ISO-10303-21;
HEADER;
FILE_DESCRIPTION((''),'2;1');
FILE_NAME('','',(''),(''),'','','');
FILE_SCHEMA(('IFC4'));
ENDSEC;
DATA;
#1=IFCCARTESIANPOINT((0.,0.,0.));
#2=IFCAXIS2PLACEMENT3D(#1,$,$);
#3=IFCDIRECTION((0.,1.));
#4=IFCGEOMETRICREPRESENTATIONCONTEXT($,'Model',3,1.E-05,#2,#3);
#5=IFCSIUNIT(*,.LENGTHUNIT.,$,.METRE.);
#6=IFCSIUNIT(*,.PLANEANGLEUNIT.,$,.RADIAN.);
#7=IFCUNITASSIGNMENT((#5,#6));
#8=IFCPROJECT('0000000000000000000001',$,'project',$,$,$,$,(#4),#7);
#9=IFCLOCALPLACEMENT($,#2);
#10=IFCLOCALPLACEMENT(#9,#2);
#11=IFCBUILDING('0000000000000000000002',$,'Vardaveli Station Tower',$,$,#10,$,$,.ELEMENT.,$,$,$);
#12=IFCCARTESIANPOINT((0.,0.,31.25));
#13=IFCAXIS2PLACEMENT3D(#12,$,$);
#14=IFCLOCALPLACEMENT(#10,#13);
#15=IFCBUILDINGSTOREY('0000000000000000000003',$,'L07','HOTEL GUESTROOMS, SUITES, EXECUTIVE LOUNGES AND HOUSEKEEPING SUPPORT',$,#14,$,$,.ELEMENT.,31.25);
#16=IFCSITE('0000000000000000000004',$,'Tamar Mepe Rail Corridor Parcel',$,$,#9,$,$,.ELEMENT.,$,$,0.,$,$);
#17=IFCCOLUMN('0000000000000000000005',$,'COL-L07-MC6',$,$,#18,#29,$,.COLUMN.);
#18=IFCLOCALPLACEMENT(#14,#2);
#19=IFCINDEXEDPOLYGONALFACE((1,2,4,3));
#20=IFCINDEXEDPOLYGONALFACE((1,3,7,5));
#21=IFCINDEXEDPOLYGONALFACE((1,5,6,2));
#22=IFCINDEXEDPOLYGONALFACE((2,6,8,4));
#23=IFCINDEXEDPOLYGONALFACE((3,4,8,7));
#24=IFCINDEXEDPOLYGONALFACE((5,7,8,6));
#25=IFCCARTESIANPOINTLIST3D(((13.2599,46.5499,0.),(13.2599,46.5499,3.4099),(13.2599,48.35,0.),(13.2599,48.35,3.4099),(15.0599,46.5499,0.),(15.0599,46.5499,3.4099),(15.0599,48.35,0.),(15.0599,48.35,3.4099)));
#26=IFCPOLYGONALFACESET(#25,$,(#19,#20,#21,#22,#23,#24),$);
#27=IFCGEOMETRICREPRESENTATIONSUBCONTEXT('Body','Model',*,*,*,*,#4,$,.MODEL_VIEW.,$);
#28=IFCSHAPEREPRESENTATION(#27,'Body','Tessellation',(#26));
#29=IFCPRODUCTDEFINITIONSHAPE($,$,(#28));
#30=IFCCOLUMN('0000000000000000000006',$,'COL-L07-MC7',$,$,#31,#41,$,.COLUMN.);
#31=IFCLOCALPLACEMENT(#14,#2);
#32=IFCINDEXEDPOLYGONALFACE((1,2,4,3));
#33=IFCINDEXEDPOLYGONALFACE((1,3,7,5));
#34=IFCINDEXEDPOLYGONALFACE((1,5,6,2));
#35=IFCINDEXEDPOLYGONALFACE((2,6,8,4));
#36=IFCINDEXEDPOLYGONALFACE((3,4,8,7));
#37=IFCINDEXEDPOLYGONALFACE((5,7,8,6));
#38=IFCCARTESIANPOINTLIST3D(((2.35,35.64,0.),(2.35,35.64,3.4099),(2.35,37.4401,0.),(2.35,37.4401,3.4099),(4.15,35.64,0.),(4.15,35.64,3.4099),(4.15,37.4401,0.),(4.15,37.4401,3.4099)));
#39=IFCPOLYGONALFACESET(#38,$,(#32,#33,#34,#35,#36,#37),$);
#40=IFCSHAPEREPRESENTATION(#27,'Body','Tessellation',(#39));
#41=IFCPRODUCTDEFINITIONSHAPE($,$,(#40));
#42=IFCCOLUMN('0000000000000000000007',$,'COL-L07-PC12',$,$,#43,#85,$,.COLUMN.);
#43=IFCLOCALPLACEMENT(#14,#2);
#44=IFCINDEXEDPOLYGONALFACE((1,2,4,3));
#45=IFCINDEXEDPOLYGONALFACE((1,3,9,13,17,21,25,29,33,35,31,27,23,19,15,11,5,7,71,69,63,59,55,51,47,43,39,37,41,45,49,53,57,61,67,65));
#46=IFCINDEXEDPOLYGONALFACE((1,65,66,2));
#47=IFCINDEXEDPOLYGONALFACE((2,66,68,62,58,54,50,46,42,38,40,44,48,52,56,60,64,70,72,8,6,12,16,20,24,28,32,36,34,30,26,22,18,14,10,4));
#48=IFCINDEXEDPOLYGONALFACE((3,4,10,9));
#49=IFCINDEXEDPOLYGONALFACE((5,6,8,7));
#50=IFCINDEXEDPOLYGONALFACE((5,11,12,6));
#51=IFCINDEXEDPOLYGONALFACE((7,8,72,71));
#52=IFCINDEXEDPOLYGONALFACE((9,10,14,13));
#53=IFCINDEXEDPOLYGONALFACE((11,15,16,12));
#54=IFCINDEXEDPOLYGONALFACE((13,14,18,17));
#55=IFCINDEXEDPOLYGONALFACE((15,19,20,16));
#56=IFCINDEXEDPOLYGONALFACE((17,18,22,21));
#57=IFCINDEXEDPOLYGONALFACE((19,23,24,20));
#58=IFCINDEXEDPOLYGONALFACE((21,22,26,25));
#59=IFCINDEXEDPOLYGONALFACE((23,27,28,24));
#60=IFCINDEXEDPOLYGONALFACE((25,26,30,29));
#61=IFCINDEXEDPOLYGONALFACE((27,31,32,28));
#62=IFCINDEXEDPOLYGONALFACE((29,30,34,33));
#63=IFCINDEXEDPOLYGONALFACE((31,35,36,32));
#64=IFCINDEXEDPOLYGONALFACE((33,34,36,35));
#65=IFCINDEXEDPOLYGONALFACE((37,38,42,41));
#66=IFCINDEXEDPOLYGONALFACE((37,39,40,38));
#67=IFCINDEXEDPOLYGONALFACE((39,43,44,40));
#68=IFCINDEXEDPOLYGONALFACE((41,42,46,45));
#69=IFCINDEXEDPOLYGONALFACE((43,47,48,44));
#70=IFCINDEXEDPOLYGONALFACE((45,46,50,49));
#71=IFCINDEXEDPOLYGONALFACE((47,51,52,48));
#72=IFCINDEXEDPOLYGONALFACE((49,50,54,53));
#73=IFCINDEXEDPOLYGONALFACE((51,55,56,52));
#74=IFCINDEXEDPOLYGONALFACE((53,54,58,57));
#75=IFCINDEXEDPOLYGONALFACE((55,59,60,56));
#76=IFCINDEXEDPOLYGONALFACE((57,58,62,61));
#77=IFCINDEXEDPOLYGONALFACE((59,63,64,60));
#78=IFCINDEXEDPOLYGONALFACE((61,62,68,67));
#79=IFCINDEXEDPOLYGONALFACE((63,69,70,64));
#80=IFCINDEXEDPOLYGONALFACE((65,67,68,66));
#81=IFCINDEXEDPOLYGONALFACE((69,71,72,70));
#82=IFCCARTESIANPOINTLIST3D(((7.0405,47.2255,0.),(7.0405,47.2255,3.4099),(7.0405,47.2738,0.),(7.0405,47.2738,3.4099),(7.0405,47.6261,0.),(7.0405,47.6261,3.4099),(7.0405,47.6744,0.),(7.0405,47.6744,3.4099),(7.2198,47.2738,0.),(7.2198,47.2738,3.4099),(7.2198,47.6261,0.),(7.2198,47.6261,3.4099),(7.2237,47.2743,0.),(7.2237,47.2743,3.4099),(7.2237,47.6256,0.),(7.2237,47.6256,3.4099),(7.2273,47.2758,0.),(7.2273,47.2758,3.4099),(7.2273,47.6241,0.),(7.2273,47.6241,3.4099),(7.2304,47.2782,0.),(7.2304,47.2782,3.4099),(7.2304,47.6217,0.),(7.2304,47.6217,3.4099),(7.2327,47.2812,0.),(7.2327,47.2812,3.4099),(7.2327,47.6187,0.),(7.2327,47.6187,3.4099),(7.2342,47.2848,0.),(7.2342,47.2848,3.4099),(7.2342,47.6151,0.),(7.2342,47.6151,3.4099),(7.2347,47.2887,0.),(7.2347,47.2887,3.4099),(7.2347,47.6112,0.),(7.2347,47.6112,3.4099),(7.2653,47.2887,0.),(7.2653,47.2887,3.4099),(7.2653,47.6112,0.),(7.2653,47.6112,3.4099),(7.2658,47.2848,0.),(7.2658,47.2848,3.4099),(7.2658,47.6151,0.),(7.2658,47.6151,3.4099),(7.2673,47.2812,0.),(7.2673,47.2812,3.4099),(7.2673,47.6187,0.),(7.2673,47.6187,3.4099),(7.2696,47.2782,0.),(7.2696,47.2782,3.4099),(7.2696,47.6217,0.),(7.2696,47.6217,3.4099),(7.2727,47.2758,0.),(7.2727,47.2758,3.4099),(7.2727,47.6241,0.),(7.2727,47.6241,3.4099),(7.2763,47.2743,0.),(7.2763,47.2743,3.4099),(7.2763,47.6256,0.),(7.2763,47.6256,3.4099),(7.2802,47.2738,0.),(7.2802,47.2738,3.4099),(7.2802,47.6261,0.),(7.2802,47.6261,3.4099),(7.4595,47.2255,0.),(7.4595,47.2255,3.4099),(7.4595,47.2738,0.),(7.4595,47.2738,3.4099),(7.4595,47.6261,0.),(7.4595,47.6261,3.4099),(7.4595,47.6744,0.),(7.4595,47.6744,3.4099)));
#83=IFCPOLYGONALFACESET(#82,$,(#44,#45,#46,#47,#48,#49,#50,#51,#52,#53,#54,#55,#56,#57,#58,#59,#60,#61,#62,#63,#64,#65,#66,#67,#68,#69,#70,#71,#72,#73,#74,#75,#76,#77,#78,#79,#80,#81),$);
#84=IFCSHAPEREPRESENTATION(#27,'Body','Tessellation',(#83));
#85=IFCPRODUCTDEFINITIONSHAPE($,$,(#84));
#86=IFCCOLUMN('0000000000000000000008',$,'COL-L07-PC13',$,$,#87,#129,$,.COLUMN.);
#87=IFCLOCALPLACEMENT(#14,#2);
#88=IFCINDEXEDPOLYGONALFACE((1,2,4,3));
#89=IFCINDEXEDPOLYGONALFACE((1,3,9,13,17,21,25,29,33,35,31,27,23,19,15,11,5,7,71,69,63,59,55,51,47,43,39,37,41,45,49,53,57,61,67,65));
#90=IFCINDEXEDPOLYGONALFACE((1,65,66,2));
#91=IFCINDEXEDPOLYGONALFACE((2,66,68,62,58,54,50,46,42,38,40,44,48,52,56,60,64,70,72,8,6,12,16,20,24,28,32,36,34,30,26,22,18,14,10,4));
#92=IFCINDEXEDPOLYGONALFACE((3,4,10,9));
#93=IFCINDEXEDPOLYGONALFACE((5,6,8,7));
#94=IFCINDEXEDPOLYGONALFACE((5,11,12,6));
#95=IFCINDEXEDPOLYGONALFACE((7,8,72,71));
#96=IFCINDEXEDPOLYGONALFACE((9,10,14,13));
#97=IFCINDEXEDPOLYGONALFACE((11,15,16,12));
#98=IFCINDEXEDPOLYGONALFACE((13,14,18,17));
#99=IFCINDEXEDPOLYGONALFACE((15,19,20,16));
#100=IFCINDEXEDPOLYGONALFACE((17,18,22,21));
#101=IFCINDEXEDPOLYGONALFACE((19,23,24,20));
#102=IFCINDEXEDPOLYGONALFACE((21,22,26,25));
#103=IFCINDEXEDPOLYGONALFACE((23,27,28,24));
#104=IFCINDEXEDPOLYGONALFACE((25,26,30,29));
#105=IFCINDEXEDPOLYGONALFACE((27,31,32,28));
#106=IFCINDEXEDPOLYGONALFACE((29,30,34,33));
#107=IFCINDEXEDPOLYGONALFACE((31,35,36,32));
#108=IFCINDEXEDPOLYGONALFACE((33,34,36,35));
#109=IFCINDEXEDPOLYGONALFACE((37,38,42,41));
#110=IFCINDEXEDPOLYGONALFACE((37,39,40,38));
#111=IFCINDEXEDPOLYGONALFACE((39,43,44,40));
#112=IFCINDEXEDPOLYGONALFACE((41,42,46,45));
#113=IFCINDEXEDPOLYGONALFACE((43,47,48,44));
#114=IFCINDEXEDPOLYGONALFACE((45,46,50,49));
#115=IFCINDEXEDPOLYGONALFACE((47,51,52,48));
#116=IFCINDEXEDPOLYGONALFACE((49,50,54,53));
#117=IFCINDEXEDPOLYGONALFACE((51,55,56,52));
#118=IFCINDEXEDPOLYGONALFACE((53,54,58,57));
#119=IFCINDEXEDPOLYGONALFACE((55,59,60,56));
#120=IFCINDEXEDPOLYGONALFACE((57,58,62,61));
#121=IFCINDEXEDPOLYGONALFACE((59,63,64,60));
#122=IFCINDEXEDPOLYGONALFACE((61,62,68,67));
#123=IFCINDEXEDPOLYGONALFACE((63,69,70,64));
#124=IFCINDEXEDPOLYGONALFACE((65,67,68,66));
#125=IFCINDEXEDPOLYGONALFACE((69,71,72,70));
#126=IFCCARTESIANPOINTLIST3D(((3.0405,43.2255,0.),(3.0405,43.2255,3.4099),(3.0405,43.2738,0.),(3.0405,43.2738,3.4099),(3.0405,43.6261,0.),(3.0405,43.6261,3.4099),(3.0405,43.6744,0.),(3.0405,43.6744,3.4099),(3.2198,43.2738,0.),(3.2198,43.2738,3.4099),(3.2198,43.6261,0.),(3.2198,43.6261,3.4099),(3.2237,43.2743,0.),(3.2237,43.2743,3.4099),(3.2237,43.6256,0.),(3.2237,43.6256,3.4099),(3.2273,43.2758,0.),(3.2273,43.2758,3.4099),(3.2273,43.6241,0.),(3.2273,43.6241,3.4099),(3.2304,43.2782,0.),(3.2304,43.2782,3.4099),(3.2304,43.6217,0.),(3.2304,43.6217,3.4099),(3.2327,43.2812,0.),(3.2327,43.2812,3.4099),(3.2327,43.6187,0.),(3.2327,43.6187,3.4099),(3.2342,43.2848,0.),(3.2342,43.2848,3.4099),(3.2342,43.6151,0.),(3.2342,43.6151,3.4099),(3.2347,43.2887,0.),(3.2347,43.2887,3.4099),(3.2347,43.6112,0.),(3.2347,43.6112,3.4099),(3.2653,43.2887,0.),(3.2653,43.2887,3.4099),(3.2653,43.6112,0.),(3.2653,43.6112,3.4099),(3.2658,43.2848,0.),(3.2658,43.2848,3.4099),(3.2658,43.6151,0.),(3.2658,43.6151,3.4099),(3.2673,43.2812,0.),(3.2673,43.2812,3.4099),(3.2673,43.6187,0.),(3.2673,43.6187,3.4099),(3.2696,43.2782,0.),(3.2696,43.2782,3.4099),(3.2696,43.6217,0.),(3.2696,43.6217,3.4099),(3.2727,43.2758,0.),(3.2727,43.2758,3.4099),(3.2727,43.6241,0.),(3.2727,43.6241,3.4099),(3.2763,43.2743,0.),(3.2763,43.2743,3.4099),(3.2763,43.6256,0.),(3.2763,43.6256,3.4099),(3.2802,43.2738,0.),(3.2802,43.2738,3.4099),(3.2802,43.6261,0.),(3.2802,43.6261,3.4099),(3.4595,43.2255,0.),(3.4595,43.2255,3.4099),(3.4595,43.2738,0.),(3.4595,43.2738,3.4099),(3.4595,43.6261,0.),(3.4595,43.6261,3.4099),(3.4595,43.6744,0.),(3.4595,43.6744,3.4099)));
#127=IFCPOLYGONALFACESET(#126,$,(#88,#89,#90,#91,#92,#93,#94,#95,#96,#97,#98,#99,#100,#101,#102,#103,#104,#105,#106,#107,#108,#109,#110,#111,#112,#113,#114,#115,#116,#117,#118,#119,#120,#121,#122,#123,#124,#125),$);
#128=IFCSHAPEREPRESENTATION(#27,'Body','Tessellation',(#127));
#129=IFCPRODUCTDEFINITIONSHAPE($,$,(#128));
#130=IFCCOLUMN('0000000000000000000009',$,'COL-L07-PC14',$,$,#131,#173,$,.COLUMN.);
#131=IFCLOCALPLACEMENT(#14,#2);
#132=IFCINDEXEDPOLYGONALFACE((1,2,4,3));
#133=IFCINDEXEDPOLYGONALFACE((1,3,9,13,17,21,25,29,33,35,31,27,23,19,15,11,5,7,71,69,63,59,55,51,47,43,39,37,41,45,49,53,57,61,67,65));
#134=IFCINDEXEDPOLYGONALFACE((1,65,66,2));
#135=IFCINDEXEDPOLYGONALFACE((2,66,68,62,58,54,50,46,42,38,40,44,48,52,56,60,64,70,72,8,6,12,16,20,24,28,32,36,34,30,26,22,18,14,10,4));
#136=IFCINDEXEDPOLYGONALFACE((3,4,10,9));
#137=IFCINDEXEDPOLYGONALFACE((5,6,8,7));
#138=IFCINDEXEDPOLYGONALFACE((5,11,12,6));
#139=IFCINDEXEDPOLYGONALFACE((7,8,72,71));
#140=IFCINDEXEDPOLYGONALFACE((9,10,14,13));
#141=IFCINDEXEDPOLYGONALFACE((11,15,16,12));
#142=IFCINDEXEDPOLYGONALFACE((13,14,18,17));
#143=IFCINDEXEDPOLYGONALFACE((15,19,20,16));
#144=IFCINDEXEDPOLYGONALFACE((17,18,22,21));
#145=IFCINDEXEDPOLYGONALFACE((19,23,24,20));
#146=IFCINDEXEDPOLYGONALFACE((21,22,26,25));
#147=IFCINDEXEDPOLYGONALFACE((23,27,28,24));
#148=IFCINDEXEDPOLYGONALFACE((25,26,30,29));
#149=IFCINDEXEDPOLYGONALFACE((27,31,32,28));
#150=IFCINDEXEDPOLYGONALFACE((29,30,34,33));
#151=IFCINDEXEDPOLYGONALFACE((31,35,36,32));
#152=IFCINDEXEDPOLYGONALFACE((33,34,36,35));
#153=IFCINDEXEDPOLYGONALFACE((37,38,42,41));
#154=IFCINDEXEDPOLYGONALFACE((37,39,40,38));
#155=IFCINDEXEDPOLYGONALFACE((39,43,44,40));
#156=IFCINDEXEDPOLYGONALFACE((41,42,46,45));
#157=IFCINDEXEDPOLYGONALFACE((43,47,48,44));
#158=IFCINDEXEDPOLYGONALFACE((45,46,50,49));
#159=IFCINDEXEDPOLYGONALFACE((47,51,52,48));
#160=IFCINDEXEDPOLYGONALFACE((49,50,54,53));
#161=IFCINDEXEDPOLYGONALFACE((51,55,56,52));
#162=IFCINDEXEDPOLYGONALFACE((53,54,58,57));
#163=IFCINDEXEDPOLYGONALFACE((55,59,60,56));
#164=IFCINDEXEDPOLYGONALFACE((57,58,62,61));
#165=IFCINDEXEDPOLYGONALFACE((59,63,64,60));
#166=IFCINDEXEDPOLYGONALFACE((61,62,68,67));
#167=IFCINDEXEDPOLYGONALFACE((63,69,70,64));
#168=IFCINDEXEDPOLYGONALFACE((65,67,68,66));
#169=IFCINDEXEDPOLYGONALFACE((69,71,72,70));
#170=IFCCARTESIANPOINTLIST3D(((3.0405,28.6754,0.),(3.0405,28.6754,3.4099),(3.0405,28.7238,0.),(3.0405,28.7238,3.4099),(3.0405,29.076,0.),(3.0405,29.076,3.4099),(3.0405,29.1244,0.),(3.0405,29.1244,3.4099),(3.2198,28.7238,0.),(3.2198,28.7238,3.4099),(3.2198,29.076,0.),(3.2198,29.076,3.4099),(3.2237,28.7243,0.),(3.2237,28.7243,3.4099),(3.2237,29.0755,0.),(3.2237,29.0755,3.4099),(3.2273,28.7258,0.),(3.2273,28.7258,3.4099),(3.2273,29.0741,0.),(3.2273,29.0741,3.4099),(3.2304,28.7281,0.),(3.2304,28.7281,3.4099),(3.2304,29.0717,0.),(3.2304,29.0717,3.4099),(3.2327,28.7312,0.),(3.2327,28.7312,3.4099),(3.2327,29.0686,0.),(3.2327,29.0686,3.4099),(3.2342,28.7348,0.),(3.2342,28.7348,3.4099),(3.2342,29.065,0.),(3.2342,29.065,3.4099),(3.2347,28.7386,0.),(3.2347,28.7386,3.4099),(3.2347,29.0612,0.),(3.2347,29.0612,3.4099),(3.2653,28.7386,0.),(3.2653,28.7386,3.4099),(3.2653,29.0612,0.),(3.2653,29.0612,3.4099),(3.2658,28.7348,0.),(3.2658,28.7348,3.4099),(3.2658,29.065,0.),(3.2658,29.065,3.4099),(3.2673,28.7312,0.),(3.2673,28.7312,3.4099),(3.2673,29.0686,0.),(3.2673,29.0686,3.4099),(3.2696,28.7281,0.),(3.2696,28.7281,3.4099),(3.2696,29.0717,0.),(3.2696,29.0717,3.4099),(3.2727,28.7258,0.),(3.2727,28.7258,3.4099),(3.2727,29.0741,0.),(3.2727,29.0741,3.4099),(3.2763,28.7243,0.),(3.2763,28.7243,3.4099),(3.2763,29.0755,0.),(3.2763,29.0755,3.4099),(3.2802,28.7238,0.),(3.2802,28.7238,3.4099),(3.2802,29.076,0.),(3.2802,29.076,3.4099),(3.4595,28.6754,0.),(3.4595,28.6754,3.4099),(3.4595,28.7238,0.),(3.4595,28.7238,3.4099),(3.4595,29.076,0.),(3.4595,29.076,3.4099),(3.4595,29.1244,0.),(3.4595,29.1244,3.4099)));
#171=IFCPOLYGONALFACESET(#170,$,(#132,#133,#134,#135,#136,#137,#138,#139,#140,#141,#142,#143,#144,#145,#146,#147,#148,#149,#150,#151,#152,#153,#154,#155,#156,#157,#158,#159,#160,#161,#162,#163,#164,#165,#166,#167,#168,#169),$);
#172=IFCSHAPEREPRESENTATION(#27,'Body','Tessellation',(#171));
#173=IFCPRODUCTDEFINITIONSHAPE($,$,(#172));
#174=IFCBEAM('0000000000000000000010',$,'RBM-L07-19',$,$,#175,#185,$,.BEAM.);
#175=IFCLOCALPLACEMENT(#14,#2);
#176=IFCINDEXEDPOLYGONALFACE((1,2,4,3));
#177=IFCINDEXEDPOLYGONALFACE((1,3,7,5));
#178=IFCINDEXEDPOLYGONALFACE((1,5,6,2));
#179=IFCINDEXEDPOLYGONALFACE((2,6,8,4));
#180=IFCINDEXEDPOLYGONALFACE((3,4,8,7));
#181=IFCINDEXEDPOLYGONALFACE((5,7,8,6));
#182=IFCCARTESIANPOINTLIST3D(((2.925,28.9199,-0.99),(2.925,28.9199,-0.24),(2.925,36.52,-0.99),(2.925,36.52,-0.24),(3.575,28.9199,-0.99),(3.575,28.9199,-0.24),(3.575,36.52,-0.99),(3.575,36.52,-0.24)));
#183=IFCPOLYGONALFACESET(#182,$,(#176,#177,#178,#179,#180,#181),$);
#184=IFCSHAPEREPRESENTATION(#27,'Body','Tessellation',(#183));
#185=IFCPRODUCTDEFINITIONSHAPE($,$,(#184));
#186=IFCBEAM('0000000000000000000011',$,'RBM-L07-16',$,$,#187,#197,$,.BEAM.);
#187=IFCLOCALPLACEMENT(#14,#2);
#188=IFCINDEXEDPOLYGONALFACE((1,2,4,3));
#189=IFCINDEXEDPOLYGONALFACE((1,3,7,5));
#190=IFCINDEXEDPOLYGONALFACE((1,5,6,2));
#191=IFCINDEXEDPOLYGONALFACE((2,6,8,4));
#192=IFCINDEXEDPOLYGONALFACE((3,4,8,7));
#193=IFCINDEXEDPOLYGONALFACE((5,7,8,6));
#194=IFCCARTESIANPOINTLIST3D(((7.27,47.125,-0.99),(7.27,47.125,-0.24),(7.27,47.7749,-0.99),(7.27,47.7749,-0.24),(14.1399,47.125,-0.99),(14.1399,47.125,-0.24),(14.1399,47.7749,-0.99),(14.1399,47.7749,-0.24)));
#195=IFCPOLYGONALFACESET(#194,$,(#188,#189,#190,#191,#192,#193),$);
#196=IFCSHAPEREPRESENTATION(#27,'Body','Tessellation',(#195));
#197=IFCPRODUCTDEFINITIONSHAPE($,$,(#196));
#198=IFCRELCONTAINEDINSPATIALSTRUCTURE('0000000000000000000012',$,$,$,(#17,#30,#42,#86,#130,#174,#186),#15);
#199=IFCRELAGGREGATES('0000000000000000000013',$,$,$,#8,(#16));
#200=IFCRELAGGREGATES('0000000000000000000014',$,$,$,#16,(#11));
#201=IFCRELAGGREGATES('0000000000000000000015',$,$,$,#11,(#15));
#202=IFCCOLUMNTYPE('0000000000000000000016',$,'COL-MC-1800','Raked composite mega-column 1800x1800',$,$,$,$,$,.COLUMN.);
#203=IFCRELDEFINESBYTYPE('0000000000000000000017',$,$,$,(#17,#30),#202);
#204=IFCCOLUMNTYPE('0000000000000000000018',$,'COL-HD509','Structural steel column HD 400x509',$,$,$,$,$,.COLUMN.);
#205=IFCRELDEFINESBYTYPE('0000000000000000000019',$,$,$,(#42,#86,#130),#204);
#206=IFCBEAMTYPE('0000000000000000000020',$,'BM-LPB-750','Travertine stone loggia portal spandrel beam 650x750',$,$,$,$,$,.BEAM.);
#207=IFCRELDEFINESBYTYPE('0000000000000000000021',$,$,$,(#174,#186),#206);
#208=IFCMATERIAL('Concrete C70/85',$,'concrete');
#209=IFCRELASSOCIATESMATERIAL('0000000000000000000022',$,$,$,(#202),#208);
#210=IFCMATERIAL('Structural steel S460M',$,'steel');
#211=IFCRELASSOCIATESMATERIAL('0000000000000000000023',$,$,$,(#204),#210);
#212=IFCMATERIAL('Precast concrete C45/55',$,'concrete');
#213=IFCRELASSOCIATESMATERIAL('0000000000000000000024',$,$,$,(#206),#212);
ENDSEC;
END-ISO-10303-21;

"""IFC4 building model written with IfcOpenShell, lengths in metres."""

from ifc_helpers import new_model, si_unit, direction, frame, origin, origin_2d, place, context, subcontext, project, spatial, rectangle, i_section, extrude, source, transform, mapped, material, material_profile, profile_set, type_object, element, save


model = new_model("IFC4")

# Units and contexts
model_context = context("Model", 3, precision=1e-05, world=origin(), true_north=direction((0.0, 1.0)))
body_context = subcontext(model_context, "Body", "Model", "MODEL_VIEW")
ifc_project = project(units=[si_unit("LENGTHUNIT", "METRE"), si_unit("PLANEANGLEUNIT", "RADIAN")], contexts=[model_context])

# Site, building, storey
site_placement = place(None, origin())
site = spatial("IfcSite", under=ifc_project, at=site_placement, Name="Tamar Mepe Rail Corridor Parcel", CompositionType="ELEMENT", RefElevation=0.0)
building_placement = place(site_placement, origin())
building = spatial("IfcBuilding", under=site, at=building_placement, Name="Vardaveli Station Tower", CompositionType="ELEMENT")
storey_placement = place(building_placement, frame((0.0, 0.0, 31.25)))
storey = spatial("IfcBuildingStorey", under=building, at=storey_placement, Name="L07", Description="HOTEL GUESTROOMS, SUITES, EXECUTIVE LOUNGES AND HOUSEKEEPING SUPPORT", CompositionType="ELEMENT", Elevation=31.25)

# Columns
ifc_material_1 = material(Name="Concrete C70/85", Category="concrete")
ifc_material_profile_1 = material_profile(ifc_material_1, rectangle(XDim=1.8, YDim=1.8, at=origin_2d()), Name="MC 1800x1800")
ifc_profile_set_1 = profile_set([ifc_material_profile_1], Name="Concrete C70/85")
column_type_1 = type_object("IfcColumnType", Name="COL-MC-1800", Description="Raked composite mega-column 1800x1800", PredefinedType="COLUMN", material=ifc_profile_set_1)
shared_shape_1 = source(origin(), body_context, "Body", "SweptSolid", [
    extrude(rectangle(XDim=1.8, YDim=1.8, at=origin_2d()), origin(), (0.0, 0.0, 1.0), 3.4099),
])
for number, where, z_axis, x_axis, name in (
    (1, (14.1599, 47.45, 0.0), (0.0, 0.0, 1.0), (1.0, 0.0, 0.0), "COL-L07-MC6"),
    (2, (3.25, 36.54, 0.0), (0.0, 0.0, 1.0), (1.0, 0.0, 0.0), "COL-L07-MC7"),
):
    element("IfcColumn", number, at=place(storey_placement, frame(where, z_axis=z_axis, x_axis=x_axis)), inside=storey, type_object=column_type_1, Name=name, PredefinedType="COLUMN", context=body_context, shape_type="MappedRepresentation", body=[
        mapped(shared_shape_1, transform((0.0, 0.0, 0.0), scale=1.0)),
    ])
ifc_material_2 = material(Name="Structural steel S460M", Category="steel")
ifc_material_profile_2 = material_profile(ifc_material_2, i_section(OverallWidth=0.4189, OverallDepth=0.449, WebThickness=0.0305, FlangeThickness=0.0483, FilletRadius=0.0149, at=origin_2d()), Name="HD 400x509")
ifc_profile_set_2 = profile_set([ifc_material_profile_2], Name="Structural steel S460M")
column_type_2 = type_object("IfcColumnType", Name="COL-HD509", Description="Structural steel column HD 400x509", PredefinedType="COLUMN", material=ifc_profile_set_2)
shared_shape_2 = source(origin(), body_context, "Body", "SweptSolid", [
    extrude(i_section(OverallWidth=0.4189, OverallDepth=0.449, WebThickness=0.0305, FlangeThickness=0.0483, FilletRadius=0.0149, at=origin_2d()), origin(), (0.0, 0.0, 1.0), 3.4099),
])
for number, where, z_axis, x_axis, name in (
    (3, (7.25, 47.45, 0.0), (0.0, 0.0, 1.0), (1.0, 0.0, 0.0), "COL-L07-PC12"),
    (4, (3.25, 43.45, 0.0), (0.0, 0.0, 1.0), (1.0, 0.0, 0.0), "COL-L07-PC13"),
    (5, (3.25, 28.8999, 0.0), (0.0, 0.0, 1.0), (1.0, 0.0, 0.0), "COL-L07-PC14"),
):
    element("IfcColumn", number, at=place(storey_placement, frame(where, z_axis=z_axis, x_axis=x_axis)), inside=storey, type_object=column_type_2, Name=name, PredefinedType="COLUMN", context=body_context, shape_type="MappedRepresentation", body=[
        mapped(shared_shape_2, transform((0.0, 0.0, 0.0), scale=1.0)),
    ])

# Beams
ifc_material_3 = material(Name="Precast concrete C45/55", Category="concrete")
ifc_material_profile_3 = material_profile(ifc_material_3, rectangle(XDim=0.6499, YDim=0.75, at=origin_2d()), Name="LPB 650x750")
ifc_profile_set_3 = profile_set([ifc_material_profile_3], Name="Precast concrete C45/55")
beam_type = type_object("IfcBeamType", Name="BM-LPB-750", Description="Travertine stone loggia portal spandrel beam 650x750", PredefinedType="BEAM", material=ifc_profile_set_3)
shared_shape_3 = source(origin(), body_context, "Body", "SweptSolid", [
    extrude(rectangle(XDim=0.6499, YDim=0.75, at=origin_2d()), origin(), (0.0, 0.0, 1.0), 7.6001),
])
beam_1_placement = place(storey_placement, frame((3.25, 36.52, -0.615), z_axis=(0.0, -1.0, 0.0), x_axis=(1.0, 0.0, 0.0)))
element("IfcBeam", 6, at=beam_1_placement, inside=storey, type_object=beam_type, Name="RBM-L07-19", PredefinedType="BEAM", context=body_context, shape_type="MappedRepresentation", body=[
    mapped(shared_shape_3, transform((0.0, 0.0, 0.0), scale=1.0)),
])
shared_shape_4 = source(origin(), body_context, "Body", "SweptSolid", [
    extrude(rectangle(XDim=0.6499, YDim=0.75, at=origin_2d()), origin(), (0.0, 0.0, 1.0), 6.8699),
])
for number, where, z_axis, x_axis, name in (
    (7, (14.1399, 47.45, -0.615), (-1.0, 0.0, 0.0), (0.0, -1.0, 0.0), "RBM-L07-16"),
):
    element("IfcBeam", number, at=place(storey_placement, frame(where, z_axis=z_axis, x_axis=x_axis)), inside=storey, type_object=beam_type, Name=name, PredefinedType="BEAM", context=body_context, shape_type="MappedRepresentation", body=[
        mapped(shared_shape_4, transform((0.0, 0.0, 0.0), scale=1.0)),
    ])

save(model, "model.ifc")
